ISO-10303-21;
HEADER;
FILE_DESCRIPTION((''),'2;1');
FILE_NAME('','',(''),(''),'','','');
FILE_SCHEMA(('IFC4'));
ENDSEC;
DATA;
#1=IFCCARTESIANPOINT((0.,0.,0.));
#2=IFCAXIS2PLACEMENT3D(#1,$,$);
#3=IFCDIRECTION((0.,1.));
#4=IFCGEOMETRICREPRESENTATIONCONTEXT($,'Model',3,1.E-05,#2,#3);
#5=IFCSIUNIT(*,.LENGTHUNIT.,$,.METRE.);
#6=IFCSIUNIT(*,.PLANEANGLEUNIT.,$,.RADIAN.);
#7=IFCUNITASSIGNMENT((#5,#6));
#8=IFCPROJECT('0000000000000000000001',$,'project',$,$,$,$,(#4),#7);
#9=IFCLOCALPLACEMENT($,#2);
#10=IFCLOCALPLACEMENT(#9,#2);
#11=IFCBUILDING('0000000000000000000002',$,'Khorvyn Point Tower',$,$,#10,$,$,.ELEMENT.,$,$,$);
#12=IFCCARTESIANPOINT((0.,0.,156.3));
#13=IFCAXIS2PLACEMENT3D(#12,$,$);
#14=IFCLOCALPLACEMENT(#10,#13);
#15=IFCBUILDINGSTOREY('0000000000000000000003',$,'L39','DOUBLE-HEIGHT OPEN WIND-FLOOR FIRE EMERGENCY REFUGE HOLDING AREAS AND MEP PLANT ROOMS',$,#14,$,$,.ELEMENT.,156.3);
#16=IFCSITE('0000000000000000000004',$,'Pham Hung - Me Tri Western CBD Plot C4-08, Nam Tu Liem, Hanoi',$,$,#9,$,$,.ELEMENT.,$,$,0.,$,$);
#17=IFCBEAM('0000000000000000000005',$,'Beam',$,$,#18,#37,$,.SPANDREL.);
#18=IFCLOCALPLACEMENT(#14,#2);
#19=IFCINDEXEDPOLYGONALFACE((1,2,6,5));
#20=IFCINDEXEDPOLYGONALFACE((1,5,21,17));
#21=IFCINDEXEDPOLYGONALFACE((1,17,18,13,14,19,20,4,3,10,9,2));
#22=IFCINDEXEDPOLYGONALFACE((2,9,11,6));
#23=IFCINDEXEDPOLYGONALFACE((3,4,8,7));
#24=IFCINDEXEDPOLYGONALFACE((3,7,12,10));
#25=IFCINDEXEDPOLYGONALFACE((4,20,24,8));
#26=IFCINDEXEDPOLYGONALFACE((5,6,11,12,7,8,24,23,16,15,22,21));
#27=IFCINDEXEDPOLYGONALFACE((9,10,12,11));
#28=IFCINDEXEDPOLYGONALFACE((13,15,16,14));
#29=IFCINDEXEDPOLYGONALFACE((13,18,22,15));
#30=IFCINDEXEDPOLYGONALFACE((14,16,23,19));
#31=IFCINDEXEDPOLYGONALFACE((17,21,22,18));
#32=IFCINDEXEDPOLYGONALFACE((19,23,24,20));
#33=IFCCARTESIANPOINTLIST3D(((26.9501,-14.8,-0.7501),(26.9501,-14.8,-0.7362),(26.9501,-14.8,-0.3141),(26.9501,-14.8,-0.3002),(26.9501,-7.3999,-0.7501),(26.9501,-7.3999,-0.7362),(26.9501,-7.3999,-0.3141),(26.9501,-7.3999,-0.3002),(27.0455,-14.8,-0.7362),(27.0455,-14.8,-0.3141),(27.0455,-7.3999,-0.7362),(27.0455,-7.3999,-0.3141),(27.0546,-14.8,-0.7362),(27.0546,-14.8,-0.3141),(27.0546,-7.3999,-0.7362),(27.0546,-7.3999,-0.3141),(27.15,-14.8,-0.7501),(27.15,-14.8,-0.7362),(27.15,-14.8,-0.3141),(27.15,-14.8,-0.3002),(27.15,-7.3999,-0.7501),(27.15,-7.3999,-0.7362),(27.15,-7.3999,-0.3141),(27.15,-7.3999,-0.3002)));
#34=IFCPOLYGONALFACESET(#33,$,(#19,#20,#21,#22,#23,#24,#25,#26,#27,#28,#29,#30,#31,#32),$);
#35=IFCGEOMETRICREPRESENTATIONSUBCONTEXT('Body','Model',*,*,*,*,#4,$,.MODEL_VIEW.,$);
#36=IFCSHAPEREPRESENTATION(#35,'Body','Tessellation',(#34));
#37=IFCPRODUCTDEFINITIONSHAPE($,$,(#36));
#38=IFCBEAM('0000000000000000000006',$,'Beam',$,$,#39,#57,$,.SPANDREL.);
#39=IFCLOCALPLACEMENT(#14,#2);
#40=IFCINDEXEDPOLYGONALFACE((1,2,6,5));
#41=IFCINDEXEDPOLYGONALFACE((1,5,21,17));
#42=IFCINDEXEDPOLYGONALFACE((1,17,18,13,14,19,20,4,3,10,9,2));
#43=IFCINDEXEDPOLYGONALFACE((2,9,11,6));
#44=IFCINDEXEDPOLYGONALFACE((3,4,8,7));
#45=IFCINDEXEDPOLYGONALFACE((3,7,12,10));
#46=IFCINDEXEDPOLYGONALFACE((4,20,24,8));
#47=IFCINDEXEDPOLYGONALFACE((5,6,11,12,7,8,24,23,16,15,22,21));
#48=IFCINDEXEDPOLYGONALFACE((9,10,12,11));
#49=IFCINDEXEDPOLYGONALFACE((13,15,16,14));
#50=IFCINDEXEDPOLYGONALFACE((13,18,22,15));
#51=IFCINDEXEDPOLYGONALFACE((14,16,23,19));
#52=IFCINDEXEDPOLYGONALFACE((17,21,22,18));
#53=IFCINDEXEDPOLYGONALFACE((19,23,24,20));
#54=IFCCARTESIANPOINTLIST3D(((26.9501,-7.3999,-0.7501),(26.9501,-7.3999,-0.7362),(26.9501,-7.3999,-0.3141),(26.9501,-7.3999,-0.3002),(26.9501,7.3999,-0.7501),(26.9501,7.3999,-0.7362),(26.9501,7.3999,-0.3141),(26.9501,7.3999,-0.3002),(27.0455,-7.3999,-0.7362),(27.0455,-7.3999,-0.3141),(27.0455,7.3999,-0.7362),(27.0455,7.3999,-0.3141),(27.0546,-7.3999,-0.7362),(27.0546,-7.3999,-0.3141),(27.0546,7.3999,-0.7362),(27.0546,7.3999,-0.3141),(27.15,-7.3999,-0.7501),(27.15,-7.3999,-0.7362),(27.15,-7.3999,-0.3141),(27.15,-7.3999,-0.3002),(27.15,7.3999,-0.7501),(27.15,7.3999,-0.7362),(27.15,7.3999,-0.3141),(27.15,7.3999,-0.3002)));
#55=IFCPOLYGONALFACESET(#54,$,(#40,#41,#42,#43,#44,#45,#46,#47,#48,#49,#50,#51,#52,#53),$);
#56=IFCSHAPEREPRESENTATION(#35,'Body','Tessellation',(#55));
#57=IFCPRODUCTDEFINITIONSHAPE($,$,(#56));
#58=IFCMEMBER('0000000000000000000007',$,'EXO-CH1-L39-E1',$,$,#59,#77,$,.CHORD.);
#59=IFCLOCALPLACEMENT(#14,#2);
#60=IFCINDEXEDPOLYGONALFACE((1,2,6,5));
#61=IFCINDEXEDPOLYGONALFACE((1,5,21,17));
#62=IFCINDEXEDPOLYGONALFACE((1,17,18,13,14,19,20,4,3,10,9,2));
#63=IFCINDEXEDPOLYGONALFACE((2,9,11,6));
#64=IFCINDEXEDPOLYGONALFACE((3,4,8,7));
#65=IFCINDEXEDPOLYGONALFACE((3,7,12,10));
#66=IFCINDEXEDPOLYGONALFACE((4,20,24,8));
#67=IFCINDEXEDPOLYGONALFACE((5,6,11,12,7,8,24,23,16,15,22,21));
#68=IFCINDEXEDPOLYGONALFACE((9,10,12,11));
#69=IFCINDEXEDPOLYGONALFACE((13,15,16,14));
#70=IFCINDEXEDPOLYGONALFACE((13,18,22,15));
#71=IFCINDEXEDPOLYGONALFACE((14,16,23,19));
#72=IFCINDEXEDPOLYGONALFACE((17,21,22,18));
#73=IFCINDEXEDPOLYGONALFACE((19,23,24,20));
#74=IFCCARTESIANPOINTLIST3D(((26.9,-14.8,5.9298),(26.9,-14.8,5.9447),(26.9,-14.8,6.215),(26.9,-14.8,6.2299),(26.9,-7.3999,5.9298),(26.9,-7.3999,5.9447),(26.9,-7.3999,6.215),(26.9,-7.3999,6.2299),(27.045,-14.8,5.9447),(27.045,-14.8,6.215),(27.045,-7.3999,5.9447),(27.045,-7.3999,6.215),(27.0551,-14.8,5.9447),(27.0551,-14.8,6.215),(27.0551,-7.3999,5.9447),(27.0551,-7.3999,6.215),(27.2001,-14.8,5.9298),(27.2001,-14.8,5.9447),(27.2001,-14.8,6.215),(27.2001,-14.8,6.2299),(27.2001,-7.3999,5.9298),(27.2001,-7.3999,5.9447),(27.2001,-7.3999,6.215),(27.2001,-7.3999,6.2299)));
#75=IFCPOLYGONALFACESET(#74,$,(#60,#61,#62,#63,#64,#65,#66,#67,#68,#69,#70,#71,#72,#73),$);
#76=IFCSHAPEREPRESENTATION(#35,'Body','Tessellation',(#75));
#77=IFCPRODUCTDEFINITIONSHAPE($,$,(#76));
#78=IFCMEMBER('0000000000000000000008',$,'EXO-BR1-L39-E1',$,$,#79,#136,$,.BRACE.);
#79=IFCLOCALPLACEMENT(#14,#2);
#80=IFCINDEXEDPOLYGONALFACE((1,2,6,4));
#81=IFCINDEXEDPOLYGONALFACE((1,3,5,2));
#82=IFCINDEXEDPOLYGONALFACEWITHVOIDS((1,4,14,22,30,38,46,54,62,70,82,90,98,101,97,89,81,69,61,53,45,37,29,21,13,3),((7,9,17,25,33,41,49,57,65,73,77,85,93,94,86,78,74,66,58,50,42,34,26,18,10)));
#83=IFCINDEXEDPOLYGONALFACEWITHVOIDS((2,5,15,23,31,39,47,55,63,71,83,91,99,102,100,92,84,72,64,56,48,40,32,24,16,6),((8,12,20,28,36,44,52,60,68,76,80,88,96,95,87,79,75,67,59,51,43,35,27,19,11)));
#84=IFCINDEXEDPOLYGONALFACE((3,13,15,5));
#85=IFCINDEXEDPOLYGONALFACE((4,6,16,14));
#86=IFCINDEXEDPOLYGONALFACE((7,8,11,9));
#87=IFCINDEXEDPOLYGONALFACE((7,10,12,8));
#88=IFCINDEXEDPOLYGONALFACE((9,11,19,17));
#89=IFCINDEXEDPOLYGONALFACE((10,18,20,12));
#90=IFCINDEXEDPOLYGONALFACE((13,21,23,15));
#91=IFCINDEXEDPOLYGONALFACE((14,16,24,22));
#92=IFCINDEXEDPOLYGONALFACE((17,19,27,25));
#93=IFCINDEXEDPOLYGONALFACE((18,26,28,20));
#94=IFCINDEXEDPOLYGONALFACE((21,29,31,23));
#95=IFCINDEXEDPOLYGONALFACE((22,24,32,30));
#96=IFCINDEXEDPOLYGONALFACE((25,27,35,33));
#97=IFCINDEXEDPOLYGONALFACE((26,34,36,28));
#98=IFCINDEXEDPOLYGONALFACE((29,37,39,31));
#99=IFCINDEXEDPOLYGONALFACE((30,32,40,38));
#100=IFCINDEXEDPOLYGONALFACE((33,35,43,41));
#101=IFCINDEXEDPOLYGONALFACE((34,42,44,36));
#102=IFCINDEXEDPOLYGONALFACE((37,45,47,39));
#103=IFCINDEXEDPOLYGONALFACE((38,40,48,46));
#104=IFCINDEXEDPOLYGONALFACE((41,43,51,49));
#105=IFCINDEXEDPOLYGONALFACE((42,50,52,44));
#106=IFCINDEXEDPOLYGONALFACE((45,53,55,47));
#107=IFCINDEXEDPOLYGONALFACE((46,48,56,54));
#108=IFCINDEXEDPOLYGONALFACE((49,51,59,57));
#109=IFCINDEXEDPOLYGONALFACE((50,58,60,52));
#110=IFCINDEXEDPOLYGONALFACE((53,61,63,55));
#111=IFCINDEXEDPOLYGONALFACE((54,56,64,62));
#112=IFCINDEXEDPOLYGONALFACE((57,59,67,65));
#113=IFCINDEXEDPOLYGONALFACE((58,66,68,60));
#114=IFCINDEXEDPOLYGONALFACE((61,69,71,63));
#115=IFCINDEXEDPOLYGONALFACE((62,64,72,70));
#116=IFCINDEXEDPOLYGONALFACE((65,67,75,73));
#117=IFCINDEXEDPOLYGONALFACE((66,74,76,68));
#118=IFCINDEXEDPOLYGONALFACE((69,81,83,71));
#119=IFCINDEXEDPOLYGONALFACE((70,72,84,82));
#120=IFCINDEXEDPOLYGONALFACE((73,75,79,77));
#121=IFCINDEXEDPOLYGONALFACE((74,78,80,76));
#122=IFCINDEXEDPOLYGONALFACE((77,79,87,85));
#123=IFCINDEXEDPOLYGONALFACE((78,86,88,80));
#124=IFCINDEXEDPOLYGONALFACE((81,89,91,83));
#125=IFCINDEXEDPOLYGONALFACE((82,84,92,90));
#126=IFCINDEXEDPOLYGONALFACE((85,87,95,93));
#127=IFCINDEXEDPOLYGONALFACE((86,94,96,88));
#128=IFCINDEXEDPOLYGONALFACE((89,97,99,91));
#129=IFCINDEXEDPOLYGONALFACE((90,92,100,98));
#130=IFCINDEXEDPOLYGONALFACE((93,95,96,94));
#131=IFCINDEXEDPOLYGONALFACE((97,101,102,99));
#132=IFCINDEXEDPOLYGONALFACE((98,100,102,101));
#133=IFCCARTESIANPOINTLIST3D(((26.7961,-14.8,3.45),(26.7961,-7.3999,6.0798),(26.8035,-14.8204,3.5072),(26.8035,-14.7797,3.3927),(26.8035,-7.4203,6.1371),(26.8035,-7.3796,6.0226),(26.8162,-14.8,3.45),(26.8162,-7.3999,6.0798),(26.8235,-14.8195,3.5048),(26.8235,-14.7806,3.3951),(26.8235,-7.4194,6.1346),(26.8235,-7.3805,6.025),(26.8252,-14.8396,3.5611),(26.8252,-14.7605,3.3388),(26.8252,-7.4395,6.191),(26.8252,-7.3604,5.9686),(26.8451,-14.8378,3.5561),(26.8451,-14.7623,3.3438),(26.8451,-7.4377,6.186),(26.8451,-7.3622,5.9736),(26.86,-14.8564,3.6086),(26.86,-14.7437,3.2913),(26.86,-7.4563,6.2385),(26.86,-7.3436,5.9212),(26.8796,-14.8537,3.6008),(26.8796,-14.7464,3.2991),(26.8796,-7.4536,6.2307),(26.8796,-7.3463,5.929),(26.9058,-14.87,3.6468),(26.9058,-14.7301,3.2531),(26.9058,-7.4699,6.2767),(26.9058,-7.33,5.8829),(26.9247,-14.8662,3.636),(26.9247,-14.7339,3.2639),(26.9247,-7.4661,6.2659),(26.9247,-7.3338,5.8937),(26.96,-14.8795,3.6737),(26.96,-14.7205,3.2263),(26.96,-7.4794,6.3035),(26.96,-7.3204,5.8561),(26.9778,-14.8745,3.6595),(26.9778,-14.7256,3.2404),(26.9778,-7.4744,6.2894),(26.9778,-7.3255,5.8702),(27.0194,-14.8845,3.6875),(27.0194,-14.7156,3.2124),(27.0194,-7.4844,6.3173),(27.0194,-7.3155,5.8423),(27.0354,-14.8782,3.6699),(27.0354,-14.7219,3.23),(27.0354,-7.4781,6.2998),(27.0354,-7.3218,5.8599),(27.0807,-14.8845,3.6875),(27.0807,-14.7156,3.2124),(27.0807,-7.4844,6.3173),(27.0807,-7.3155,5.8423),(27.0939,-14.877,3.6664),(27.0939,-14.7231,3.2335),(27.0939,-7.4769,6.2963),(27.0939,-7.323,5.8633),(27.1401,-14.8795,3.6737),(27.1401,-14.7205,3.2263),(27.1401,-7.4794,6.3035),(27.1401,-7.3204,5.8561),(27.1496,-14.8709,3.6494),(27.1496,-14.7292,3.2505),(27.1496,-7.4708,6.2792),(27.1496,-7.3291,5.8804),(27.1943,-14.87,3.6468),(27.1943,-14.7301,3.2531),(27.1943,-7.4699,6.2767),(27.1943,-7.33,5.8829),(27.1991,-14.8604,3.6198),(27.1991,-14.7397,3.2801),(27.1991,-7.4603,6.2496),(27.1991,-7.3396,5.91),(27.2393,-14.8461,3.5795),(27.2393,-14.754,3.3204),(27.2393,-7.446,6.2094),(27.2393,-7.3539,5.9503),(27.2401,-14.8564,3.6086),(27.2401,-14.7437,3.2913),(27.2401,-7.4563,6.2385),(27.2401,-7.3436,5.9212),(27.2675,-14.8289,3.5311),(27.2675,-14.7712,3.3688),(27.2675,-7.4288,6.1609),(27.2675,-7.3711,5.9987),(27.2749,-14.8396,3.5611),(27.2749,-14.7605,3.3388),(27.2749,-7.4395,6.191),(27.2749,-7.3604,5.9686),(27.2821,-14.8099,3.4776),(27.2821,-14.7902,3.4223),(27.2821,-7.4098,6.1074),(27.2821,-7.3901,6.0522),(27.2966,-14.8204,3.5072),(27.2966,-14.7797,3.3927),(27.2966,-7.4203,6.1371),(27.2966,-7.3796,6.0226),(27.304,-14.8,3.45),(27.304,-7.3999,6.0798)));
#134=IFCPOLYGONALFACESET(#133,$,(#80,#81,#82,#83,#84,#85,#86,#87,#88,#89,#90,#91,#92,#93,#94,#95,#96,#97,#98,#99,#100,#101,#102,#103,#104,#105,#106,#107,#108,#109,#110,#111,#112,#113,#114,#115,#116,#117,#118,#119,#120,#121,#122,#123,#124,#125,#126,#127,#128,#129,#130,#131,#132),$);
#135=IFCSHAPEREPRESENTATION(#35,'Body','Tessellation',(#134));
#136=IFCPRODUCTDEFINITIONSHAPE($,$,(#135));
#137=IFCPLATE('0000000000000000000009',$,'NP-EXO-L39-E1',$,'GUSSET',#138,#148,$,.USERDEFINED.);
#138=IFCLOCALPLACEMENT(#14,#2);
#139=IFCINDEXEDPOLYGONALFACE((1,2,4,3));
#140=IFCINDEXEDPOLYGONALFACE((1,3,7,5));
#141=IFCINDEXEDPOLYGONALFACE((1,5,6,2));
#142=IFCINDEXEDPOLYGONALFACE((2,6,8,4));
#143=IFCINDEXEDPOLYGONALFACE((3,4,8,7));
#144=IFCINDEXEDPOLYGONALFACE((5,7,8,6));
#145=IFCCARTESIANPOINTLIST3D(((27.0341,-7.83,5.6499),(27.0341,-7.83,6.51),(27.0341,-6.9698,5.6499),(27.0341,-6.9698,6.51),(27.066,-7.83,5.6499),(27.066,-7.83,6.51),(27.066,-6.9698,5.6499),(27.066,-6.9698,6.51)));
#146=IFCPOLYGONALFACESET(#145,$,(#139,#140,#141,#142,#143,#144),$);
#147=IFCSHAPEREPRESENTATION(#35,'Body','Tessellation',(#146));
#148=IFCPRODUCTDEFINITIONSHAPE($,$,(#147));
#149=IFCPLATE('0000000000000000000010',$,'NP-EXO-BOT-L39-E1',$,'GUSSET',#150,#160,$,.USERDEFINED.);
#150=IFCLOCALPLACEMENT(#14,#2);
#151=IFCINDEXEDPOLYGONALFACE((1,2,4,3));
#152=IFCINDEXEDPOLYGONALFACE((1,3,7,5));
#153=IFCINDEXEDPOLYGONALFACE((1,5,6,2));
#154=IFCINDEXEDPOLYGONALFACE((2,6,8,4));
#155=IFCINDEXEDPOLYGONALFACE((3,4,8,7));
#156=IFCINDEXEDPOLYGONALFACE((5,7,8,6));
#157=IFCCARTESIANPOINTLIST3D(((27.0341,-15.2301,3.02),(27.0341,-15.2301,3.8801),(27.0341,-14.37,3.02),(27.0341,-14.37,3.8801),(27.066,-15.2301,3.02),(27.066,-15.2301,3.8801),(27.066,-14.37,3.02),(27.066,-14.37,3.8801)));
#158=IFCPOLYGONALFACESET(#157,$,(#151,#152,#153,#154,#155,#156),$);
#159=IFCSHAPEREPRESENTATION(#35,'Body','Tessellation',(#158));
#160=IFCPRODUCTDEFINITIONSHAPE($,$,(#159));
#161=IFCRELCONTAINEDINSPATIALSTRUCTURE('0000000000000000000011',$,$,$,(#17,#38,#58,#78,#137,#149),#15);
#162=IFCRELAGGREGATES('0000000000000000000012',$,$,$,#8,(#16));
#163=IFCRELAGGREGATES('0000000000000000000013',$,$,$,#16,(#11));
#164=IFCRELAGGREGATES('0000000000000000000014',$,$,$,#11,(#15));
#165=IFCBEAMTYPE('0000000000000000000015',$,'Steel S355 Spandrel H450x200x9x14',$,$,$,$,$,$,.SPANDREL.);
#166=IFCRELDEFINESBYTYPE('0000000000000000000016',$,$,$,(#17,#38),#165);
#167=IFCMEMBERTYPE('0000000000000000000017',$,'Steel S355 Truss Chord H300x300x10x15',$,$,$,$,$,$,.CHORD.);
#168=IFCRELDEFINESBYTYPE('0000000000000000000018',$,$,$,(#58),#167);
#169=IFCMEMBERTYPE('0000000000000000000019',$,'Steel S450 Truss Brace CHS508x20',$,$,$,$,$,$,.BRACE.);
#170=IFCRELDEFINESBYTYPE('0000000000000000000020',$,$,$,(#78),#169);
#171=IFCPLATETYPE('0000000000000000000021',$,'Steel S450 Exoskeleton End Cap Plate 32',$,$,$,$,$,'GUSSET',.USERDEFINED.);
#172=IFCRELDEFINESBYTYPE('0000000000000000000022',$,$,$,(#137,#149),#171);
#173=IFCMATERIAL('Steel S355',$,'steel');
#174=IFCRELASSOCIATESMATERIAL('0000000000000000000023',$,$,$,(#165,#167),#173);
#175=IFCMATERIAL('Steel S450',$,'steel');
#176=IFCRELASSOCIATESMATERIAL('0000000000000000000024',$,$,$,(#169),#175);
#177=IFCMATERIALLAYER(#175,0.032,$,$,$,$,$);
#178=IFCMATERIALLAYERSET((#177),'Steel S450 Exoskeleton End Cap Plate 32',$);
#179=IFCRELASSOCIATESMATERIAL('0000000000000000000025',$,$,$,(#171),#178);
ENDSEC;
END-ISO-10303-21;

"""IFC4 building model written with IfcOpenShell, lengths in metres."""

from ifc_helpers import new_model, si_unit, direction, frame, origin, origin_2d, place, context, subcontext, project, spatial, rectangle, hollow_circle, i_section, extrude, material, layer, layer_set, material_profile, profile_set, type_object, element, save


model = new_model("IFC4")

# Units and contexts
model_context = context("Model", 3, precision=1e-05, world=origin(), true_north=direction((0.0, 1.0)))
body_context = subcontext(model_context, "Body", "Model", "MODEL_VIEW")
ifc_project = project(units=[si_unit("LENGTHUNIT", "METRE"), si_unit("PLANEANGLEUNIT", "RADIAN")], contexts=[model_context])

# Site, building, storey
site_placement = place(None, origin())
site = spatial("IfcSite", under=ifc_project, at=site_placement, Name="Pham Hung - Me Tri Western CBD Plot C4-08, Nam Tu Liem, Hanoi", CompositionType="ELEMENT", RefElevation=0.0)
building_placement = place(site_placement, origin())
building = spatial("IfcBuilding", under=site, at=building_placement, Name="Khorvyn Point Tower", CompositionType="ELEMENT")
storey_placement = place(building_placement, frame((0.0, 0.0, 156.3)))
storey = spatial("IfcBuildingStorey", under=building, at=storey_placement, Name="L39", Description="DOUBLE-HEIGHT OPEN WIND-FLOOR FIRE EMERGENCY REFUGE HOLDING AREAS AND MEP PLANT ROOMS", CompositionType="ELEMENT", Elevation=156.3)

# Shared definitions
ifc_material_1 = material(Name="Steel S450", Category="steel")

# Beams
ifc_material_2 = material(Name="Steel S355", Category="steel")
ifc_material_profile_1 = material_profile(ifc_material_2, i_section(OverallWidth=0.2, OverallDepth=0.45, WebThickness=0.009, FlangeThickness=0.0139, at=origin_2d()))
ifc_profile_set_1 = profile_set([ifc_material_profile_1], Name="Steel S355 H450x200x9x14")
beam_type_1 = type_object("IfcBeamType", Name="Steel S355 Spandrel H450x200x9x14", PredefinedType="SPANDREL", material=ifc_profile_set_1)
beam_1_placement = place(storey_placement, frame((27.05, -14.8, -0.5251), z_axis=(0.0, 1.0, 0.0), x_axis=(-1.0, 0.0, 0.0)))
element("IfcBeam", 1, at=beam_1_placement, inside=storey, type_object=beam_type_1, Name="Beam", PredefinedType="SPANDREL", context=body_context, shape_type="SweptSolid", body=[
    extrude(i_section(OverallWidth=0.2, OverallDepth=0.45, WebThickness=0.009, FlangeThickness=0.0139, at=origin_2d()), origin(), (0.0, 0.0, 1.0), 7.4001),
])
beam_2_placement = place(storey_placement, frame((27.05, -7.3999, -0.5251), z_axis=(0.0, 1.0, 0.0), x_axis=(-1.0, 0.0, 0.0)))
element("IfcBeam", 2, at=beam_2_placement, inside=storey, type_object=beam_type_1, Name="Beam", PredefinedType="SPANDREL", context=body_context, shape_type="SweptSolid", body=[
    extrude(i_section(OverallWidth=0.2, OverallDepth=0.45, WebThickness=0.009, FlangeThickness=0.0139, at=origin_2d()), origin(), (0.0, 0.0, 1.0), 14.7998),
])

# Members
ifc_material_profile_2 = material_profile(ifc_material_2, i_section(OverallWidth=0.3, OverallDepth=0.3, WebThickness=0.01, FlangeThickness=0.0149, at=origin_2d()))
ifc_profile_set_2 = profile_set([ifc_material_profile_2], Name="Steel S355 H300x300x10x15")
member_type_1 = type_object("IfcMemberType", Name="Steel S355 Truss Chord H300x300x10x15", PredefinedType="CHORD", material=ifc_profile_set_2)
member_1_placement = place(storey_placement, frame((27.05, -14.8, 6.0798), z_axis=(0.0, 1.0, 0.0), x_axis=(-1.0, 0.0, 0.0)))
element("IfcMember", 3, at=member_1_placement, inside=storey, type_object=member_type_1, Name="EXO-CH1-L39-E1", PredefinedType="CHORD", context=body_context, shape_type="SweptSolid", body=[
    extrude(i_section(OverallWidth=0.3, OverallDepth=0.3, WebThickness=0.01, FlangeThickness=0.0149, at=origin_2d()), origin(), (0.0, 0.0, 1.0), 7.4001),
])
ifc_material_profile_3 = material_profile(ifc_material_1, hollow_circle(Radius=0.2539, WallThickness=0.02, at=origin_2d()))
ifc_profile_set_3 = profile_set([ifc_material_profile_3], Name="Steel S450 CHS508x20")
member_type_2 = type_object("IfcMemberType", Name="Steel S450 Truss Brace CHS508x20", PredefinedType="BRACE", material=ifc_profile_set_3)
member_2_placement = place(storey_placement, frame((27.05, -14.8, 3.45), z_axis=(0.0, 0.942266, 0.334865), x_axis=(-1.0, 0.0, 0.0)))
element("IfcMember", 4, at=member_2_placement, inside=storey, type_object=member_type_2, Name="EXO-BR1-L39-E1", PredefinedType="BRACE", context=body_context, shape_type="SweptSolid", body=[
    extrude(hollow_circle(Radius=0.2539, WallThickness=0.02, at=origin_2d()), origin(), (0.0, 0.0, 1.0), 7.8535),
])

# Plates
ifc_layer_1 = layer(ifc_material_1, 0.032)
ifc_layer_set_1 = layer_set([ifc_layer_1], Name="Steel S450 Exoskeleton End Cap Plate 32")
plate_type = type_object("IfcPlateType", Name="Steel S450 Exoskeleton End Cap Plate 32", ElementType="GUSSET", PredefinedType="USERDEFINED", material=ifc_layer_set_1)
for number, where, z_axis, x_axis, name in (
    (5, (27.05, -7.3999, 5.6499), (0.0, 0.0, 1.0), (1.0, 0.0, 0.0), "NP-EXO-L39-E1"),
    (6, (27.05, -14.8, 3.02), (0.0, 0.0, 1.0), (1.0, 0.0, 0.0), "NP-EXO-BOT-L39-E1"),
):
    element("IfcPlate", number, at=place(storey_placement, frame(where, z_axis=z_axis, x_axis=x_axis)), inside=storey, type_object=plate_type, Name=name, ObjectType="GUSSET", PredefinedType="USERDEFINED", context=body_context, shape_type="SweptSolid", body=[
        extrude(rectangle(XDim=0.032, YDim=0.8601, at=origin_2d()), origin(), (0.0, 0.0, 1.0), 0.8601),
    ])

save(model, "model.ifc")
